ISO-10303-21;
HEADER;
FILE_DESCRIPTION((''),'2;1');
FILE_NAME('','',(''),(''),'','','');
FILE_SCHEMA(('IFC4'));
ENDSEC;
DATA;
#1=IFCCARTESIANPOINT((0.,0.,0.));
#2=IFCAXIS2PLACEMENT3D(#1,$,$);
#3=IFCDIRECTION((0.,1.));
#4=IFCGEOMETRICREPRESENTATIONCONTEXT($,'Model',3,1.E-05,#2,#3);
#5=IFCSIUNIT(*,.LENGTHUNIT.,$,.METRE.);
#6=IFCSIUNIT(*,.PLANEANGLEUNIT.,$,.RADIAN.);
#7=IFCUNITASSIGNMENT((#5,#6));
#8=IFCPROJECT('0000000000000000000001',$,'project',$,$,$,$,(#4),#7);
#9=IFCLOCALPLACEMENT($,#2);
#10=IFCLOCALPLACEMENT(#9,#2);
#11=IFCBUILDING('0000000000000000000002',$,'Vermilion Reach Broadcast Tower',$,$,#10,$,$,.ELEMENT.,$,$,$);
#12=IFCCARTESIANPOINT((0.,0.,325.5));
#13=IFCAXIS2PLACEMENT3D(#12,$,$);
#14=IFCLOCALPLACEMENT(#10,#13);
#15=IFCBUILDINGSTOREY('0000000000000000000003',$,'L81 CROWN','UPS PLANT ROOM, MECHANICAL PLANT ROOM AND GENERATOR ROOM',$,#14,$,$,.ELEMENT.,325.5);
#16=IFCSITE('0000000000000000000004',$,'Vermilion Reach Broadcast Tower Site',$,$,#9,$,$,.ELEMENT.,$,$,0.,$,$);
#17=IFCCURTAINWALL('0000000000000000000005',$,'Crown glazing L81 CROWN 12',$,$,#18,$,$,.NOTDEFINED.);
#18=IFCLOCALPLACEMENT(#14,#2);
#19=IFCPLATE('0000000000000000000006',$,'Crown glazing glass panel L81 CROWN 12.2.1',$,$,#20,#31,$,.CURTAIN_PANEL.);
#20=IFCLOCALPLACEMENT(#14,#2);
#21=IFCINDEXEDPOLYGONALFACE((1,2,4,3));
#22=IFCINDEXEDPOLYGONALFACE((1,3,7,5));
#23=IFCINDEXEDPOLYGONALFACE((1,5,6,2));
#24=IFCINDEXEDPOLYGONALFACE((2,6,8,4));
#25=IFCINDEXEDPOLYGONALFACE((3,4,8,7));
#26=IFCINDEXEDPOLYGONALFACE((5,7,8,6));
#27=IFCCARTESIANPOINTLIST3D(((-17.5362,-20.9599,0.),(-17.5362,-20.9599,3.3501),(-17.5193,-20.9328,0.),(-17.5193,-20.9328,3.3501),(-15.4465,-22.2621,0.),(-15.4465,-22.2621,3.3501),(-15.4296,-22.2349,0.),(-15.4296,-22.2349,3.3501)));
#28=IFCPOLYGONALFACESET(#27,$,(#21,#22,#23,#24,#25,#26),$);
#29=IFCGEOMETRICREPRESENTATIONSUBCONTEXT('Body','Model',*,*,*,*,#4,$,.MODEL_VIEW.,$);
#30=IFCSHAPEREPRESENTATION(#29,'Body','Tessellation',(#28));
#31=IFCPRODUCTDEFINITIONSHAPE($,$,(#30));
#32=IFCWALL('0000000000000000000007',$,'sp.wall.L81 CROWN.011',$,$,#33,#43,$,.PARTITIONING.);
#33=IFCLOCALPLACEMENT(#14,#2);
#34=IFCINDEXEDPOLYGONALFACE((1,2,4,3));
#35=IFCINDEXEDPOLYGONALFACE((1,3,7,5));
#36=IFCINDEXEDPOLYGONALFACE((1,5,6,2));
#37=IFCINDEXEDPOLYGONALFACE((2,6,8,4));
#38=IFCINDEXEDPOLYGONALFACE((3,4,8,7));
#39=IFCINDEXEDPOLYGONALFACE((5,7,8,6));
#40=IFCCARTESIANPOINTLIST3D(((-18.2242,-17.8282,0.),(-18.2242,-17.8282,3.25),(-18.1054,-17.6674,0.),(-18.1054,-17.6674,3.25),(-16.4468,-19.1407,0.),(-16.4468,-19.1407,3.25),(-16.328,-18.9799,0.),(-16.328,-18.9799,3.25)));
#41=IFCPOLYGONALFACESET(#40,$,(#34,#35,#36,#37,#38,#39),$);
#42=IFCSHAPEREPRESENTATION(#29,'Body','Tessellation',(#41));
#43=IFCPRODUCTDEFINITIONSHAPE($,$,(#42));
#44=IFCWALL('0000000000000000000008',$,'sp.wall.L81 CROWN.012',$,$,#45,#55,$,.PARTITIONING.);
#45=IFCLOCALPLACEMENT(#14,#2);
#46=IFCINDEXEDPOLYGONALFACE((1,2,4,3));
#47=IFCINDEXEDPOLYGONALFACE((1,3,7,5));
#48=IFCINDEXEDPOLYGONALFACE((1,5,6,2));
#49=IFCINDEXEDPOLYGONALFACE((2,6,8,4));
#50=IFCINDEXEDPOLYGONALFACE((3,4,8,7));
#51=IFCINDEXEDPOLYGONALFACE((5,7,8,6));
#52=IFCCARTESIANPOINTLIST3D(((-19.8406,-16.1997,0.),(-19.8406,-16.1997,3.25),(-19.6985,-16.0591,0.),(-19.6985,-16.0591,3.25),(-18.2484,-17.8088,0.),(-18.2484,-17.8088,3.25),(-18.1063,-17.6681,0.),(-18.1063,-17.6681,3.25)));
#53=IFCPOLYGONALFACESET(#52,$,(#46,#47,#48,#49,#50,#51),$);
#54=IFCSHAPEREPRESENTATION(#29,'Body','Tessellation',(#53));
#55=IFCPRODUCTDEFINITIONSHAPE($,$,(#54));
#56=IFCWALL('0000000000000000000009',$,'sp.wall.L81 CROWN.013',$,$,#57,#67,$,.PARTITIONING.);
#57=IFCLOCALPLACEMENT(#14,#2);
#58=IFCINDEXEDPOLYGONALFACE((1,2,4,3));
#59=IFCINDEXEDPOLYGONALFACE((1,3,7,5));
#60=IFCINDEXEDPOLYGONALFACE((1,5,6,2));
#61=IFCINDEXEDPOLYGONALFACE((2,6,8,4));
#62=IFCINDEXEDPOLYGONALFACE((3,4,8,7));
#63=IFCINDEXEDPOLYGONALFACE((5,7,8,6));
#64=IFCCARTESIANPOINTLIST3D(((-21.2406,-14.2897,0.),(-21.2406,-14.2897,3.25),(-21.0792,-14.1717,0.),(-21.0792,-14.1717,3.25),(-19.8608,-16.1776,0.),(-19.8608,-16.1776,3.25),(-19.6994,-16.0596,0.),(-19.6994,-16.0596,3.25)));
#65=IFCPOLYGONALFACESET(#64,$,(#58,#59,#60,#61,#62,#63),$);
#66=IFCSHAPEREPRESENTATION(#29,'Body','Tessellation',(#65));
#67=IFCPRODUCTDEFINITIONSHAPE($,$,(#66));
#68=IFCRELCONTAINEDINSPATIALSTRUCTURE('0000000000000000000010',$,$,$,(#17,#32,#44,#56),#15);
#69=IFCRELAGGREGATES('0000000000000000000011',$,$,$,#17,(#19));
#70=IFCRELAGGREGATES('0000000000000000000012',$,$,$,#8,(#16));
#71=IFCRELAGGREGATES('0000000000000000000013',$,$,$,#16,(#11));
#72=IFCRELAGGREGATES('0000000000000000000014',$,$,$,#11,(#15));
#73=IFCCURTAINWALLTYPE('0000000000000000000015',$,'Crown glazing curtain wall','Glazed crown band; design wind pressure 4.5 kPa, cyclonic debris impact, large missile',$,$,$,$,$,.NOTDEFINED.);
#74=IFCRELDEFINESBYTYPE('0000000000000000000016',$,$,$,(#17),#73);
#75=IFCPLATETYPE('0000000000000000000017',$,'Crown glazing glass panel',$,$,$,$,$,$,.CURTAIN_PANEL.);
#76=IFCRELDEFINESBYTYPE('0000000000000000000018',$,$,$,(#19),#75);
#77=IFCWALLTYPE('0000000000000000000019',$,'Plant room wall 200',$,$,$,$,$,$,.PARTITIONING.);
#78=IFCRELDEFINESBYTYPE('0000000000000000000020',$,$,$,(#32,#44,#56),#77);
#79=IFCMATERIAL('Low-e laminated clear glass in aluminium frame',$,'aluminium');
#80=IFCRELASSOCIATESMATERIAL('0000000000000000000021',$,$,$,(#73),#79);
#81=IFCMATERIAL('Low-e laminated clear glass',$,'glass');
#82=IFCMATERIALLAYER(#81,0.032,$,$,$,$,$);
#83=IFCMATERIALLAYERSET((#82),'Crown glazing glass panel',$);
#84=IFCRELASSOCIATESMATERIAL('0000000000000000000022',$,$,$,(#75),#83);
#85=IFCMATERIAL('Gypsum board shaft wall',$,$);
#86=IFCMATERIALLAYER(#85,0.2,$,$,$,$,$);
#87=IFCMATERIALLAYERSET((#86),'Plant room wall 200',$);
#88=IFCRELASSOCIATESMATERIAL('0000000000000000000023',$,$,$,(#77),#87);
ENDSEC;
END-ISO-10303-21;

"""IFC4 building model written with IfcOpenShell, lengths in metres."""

from ifc_helpers import new_model, si_unit, direction, frame, frame_2d, origin, origin_2d, place, context, subcontext, project, spatial, rectangle, extrude, material, layer, layer_set, type_object, element, aggregate, save


model = new_model("IFC4")

# Units and contexts
model_context = context("Model", 3, precision=1e-05, world=origin(), true_north=direction((0.0, 1.0)))
body_context = subcontext(model_context, "Body", "Model", "MODEL_VIEW")
ifc_project = project(units=[si_unit("LENGTHUNIT", "METRE"), si_unit("PLANEANGLEUNIT", "RADIAN")], contexts=[model_context])

# Site, building, storey
site_placement = place(None, origin())
site = spatial("IfcSite", under=ifc_project, at=site_placement, Name="Vermilion Reach Broadcast Tower Site", CompositionType="ELEMENT", RefElevation=0.0)
building_placement = place(site_placement, origin())
building = spatial("IfcBuilding", under=site, at=building_placement, Name="Vermilion Reach Broadcast Tower", CompositionType="ELEMENT")
storey_placement = place(building_placement, frame((0.0, 0.0, 325.5)))
storey = spatial("IfcBuildingStorey", under=building, at=storey_placement, Name="L81 CROWN", Description="UPS PLANT ROOM, MECHANICAL PLANT ROOM AND GENERATOR ROOM", CompositionType="ELEMENT", Elevation=325.5)

# Shared definitions
ifc_material_1 = material(Name="Low-e laminated clear glass in aluminium frame", Category="aluminium")
curtain_wall_type = type_object("IfcCurtainWallType", Name="Crown glazing curtain wall", Description="Glazed crown band; design wind pressure 4.5 kPa, cyclonic debris impact, large missile", PredefinedType="NOTDEFINED", material=ifc_material_1)
placement = place(storey_placement, origin())

# Curtain wall
curtain_wall_1 = element("IfcCurtainWall", 1, at=placement, inside=storey, type_object=curtain_wall_type, Name="Crown glazing L81 CROWN 12", PredefinedType="NOTDEFINED")

# Plate
ifc_material_2 = material(Name="Low-e laminated clear glass", Category="glass")
ifc_layer_1 = layer(ifc_material_2, 0.032)
ifc_layer_set_1 = layer_set([ifc_layer_1], Name="Crown glazing glass panel")
plate_type = type_object("IfcPlateType", Name="Crown glazing glass panel", PredefinedType="CURTAIN_PANEL", material=ifc_layer_set_1)
plate_1_placement = place(storey_placement, frame((-16.4829, -21.5974, 0.0), z_axis=(0.0, 0.0, 1.0), x_axis=(0.848708, -0.528861, 0.0)))
plate_1 = element("IfcPlate", 2, at=plate_1_placement, type_object=plate_type, Name="Crown glazing glass panel L81 CROWN 12.2.1", PredefinedType="CURTAIN_PANEL", context=body_context, shape_type="SweptSolid", body=[
    extrude(rectangle(XDim=2.4622, YDim=0.032, at=origin_2d()), origin(), (0.0, 0.0, 1.0), 3.3501),
])
aggregate(curtain_wall_1, [plate_1])

# Walls
ifc_material_3 = material(Name="Gypsum board shaft wall")
ifc_layer_2 = layer(ifc_material_3, 0.2)
ifc_layer_set_2 = layer_set([ifc_layer_2], Name="Plant room wall 200")
wall_type = type_object("IfcWallType", Name="Plant room wall 200", PredefinedType="PARTITIONING", material=ifc_layer_set_2)
wall_1_placement = place(storey_placement, frame((-18.1648, -17.7478, 0.0), z_axis=(0.0, 0.0, 1.0), x_axis=(0.804433, -0.594043, 0.0)))
element("IfcWall", 3, at=wall_1_placement, inside=storey, type_object=wall_type, Name="sp.wall.L81 CROWN.011", PredefinedType="PARTITIONING", context=body_context, shape_type="SweptSolid", body=[
    extrude(rectangle(XDim=2.2095, YDim=0.2, at=frame_2d((1.1047, 0.0))), origin(), (0.0, 0.0, 1.0), 3.25),
])
wall_2_placement = place(storey_placement, frame((-19.7695, -16.1294, 0.0), z_axis=(0.0, 0.0, 1.0), x_axis=(0.703376, -0.710818, 0.0)))
element("IfcWall", 4, at=wall_2_placement, inside=storey, type_object=wall_type, Name="sp.wall.L81 CROWN.012", PredefinedType="PARTITIONING", context=body_context, shape_type="SweptSolid", body=[
    extrude(rectangle(XDim=2.2637, YDim=0.2, at=frame_2d((1.1318, 0.0))), origin(), (0.0, 0.0, 1.0), 3.25),
])
wall_3_placement = place(storey_placement, frame((-21.1599, -14.2307, 0.0), z_axis=(0.0, 0.0, 1.0), x_axis=(0.590082, -0.807343, 0.0)))
element("IfcWall", 5, at=wall_3_placement, inside=storey, type_object=wall_type, Name="sp.wall.L81 CROWN.013", PredefinedType="PARTITIONING", context=body_context, shape_type="SweptSolid", body=[
    extrude(rectangle(XDim=2.3384, YDim=0.2, at=frame_2d((1.1692, 0.0))), origin(), (0.0, 0.0, 1.0), 3.25),
])

save(model, "model.ifc")
